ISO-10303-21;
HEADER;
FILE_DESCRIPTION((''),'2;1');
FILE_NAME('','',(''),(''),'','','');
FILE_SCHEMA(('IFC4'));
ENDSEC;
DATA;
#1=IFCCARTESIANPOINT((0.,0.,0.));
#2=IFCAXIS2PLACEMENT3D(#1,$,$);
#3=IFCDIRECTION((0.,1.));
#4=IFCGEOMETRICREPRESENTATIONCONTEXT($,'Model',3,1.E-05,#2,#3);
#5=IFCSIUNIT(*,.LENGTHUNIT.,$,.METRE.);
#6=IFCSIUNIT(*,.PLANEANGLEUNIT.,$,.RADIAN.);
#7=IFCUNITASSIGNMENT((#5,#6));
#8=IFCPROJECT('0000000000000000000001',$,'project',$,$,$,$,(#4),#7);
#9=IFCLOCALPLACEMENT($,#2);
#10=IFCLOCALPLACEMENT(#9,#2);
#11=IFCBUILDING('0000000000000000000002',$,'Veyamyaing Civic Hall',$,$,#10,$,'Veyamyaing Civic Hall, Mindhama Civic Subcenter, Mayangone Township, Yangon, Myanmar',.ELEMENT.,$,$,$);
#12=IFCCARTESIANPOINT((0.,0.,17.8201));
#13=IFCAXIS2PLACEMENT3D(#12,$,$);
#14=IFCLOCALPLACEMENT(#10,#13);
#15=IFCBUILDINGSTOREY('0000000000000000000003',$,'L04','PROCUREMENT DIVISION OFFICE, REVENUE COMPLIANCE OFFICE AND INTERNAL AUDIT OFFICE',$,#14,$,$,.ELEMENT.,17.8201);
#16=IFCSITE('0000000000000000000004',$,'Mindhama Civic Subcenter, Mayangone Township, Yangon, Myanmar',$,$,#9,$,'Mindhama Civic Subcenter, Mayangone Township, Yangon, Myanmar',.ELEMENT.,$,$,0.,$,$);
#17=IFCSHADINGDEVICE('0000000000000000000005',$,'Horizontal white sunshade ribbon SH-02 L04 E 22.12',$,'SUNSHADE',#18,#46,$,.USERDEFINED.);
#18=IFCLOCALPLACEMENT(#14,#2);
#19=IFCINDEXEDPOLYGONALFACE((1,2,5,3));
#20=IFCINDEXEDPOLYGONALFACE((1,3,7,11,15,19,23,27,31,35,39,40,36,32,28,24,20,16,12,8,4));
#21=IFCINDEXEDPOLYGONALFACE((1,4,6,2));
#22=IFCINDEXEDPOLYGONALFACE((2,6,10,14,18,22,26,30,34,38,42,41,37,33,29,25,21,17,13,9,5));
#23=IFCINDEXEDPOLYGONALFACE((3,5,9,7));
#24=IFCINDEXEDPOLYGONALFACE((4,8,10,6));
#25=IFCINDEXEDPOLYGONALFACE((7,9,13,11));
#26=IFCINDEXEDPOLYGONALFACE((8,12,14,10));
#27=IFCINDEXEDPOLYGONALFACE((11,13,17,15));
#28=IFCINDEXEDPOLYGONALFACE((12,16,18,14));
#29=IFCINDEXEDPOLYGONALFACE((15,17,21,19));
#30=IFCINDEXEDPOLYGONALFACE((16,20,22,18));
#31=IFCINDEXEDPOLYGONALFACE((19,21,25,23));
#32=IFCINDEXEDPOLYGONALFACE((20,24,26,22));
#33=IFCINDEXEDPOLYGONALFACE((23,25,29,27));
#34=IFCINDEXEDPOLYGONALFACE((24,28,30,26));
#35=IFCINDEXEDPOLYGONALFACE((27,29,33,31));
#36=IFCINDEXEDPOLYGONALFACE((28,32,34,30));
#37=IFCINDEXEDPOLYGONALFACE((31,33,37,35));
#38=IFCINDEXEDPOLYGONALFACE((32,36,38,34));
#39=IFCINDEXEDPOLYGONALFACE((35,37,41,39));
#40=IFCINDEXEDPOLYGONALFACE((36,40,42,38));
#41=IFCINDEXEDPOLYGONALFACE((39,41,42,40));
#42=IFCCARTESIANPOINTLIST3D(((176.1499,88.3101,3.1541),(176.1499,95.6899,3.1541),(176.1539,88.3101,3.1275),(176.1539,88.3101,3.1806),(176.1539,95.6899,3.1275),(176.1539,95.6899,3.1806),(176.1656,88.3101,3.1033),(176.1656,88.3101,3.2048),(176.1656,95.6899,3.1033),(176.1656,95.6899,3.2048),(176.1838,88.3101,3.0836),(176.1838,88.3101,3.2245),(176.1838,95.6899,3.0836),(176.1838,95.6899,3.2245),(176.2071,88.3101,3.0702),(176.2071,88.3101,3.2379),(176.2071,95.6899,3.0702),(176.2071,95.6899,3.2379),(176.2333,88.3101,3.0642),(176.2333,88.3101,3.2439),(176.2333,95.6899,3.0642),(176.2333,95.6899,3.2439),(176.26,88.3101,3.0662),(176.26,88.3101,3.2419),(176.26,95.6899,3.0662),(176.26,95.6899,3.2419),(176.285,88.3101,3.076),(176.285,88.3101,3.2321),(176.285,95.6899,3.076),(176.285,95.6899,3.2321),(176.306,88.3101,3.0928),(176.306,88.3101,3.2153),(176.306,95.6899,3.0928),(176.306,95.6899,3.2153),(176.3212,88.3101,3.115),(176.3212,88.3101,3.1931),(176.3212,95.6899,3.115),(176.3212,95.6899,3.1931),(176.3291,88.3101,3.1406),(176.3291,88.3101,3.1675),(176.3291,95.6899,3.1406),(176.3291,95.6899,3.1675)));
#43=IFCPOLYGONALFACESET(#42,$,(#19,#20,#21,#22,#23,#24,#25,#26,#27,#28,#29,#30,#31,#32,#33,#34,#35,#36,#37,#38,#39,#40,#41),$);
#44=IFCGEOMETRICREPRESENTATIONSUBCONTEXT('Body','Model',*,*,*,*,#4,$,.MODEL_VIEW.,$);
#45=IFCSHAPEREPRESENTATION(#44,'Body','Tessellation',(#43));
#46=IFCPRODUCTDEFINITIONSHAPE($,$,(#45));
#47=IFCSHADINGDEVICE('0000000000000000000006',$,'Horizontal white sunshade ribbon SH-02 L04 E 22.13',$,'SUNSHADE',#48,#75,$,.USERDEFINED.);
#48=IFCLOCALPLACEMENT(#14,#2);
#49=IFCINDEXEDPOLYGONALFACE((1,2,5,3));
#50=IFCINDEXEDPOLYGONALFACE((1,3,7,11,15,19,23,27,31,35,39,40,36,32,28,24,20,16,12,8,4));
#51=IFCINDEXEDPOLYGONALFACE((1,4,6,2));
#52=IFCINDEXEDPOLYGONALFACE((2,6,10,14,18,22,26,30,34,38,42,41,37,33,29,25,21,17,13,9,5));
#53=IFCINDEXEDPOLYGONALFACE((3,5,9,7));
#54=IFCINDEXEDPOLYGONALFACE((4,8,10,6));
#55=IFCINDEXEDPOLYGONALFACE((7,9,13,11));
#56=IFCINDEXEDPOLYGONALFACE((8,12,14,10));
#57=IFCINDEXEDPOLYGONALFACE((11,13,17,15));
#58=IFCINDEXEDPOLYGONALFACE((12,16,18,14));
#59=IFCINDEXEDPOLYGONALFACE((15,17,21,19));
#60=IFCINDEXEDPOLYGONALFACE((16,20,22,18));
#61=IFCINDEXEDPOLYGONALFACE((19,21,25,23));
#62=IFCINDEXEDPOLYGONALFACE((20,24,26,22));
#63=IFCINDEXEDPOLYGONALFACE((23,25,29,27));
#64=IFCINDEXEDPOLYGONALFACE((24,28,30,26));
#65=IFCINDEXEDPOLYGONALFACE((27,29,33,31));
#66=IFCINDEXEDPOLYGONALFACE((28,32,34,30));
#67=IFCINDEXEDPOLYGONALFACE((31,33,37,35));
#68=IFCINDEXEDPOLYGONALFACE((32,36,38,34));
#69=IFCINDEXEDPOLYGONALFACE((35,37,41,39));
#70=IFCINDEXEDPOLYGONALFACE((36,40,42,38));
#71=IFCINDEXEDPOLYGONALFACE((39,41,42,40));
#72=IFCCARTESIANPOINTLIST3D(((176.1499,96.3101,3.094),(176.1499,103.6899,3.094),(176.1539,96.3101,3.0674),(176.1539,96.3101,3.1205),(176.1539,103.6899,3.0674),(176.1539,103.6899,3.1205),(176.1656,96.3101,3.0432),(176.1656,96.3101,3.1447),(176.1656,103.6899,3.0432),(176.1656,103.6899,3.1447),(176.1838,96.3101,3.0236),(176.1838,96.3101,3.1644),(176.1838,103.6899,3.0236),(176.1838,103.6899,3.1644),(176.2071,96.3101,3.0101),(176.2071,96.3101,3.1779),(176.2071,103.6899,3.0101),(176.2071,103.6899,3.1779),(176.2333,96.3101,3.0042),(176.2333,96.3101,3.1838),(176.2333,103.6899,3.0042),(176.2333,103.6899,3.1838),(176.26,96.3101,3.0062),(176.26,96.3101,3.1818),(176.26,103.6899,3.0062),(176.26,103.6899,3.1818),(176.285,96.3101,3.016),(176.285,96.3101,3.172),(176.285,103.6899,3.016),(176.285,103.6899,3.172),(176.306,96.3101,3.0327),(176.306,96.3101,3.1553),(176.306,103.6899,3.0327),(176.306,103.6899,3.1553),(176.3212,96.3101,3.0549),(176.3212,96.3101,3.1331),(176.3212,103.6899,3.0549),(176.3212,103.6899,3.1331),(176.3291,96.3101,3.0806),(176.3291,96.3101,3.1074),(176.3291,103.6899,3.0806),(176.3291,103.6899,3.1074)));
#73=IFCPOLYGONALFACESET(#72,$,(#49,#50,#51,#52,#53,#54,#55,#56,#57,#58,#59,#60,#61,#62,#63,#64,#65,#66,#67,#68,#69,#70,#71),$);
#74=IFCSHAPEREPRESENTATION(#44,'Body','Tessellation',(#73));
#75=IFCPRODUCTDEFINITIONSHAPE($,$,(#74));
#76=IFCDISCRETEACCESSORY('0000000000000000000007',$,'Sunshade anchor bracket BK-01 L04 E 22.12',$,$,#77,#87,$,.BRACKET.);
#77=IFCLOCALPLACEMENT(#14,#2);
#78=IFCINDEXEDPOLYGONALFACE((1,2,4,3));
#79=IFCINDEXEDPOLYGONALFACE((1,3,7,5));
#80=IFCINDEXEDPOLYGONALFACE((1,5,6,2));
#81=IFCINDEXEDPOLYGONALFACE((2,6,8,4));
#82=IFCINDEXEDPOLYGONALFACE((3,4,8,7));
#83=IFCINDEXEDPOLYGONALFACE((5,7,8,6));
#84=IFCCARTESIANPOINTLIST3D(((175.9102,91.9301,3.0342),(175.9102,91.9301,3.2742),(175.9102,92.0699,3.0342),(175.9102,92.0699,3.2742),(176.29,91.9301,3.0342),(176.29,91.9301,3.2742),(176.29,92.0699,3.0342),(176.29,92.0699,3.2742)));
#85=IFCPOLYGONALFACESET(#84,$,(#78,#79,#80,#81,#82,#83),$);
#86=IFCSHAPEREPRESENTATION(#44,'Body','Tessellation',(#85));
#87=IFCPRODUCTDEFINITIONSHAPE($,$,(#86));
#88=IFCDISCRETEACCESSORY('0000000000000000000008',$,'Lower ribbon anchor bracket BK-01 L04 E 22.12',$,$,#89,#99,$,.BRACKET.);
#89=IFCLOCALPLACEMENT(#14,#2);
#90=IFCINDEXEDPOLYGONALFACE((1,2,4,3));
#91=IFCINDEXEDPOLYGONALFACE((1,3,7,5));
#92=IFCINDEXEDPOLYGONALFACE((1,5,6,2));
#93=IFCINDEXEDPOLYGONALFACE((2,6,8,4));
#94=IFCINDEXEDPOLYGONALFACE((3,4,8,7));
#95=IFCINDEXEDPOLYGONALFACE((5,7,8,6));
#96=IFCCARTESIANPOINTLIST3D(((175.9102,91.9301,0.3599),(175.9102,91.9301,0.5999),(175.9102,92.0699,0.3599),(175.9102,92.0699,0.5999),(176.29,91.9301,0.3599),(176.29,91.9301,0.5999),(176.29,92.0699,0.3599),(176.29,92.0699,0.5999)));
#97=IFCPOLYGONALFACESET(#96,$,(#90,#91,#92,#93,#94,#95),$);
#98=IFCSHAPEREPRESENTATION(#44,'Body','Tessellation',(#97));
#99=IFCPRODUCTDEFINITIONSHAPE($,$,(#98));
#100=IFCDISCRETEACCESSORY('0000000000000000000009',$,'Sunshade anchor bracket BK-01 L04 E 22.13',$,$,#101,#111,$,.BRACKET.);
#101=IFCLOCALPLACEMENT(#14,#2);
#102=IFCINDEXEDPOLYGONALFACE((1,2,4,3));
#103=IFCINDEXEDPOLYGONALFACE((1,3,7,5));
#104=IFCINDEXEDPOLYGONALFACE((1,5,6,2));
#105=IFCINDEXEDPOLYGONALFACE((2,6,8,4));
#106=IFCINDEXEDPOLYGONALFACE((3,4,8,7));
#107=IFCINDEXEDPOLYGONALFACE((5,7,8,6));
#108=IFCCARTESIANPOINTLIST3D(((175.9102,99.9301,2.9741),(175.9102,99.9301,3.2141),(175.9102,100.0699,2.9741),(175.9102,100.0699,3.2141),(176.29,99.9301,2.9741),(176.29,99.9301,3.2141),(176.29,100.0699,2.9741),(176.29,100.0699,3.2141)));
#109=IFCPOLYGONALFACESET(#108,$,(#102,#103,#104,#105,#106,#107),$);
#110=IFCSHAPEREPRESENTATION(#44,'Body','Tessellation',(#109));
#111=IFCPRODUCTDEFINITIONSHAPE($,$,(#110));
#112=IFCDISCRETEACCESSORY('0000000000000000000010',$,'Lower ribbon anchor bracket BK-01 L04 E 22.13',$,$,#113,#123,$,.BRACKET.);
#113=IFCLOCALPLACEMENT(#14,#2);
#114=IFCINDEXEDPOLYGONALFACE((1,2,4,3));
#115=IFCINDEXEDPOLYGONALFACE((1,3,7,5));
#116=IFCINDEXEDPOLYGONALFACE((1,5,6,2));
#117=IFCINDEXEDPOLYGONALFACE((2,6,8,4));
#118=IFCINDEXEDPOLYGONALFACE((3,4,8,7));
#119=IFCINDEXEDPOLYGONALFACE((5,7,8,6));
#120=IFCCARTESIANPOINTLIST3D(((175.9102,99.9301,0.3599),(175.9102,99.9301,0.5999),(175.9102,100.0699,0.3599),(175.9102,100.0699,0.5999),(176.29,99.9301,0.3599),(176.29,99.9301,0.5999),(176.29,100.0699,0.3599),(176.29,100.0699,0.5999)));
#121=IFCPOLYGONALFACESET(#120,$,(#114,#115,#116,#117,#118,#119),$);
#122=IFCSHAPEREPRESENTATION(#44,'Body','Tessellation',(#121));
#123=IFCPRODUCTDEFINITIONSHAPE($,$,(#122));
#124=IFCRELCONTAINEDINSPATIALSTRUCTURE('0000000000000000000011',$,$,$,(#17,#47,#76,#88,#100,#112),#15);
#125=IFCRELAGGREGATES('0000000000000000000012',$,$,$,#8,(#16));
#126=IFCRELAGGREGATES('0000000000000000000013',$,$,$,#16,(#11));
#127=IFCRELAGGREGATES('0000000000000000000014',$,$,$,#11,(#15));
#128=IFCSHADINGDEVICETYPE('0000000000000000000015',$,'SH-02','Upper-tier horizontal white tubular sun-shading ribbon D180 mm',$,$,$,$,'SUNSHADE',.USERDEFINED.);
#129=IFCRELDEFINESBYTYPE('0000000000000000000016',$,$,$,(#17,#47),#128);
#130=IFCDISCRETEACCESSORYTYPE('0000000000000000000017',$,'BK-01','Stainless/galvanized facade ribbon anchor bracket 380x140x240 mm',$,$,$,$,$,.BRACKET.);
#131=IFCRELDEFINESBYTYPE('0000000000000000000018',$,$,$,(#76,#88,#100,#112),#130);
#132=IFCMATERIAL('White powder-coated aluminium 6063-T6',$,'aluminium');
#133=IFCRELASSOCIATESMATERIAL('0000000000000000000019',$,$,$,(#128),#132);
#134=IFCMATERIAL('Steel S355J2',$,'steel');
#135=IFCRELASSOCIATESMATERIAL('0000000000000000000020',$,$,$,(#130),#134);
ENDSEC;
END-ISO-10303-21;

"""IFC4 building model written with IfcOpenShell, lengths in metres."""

from ifc_helpers import new_model, si_unit, direction, frame, origin, origin_2d, place, context, subcontext, project, spatial, rectangle, circle, extrude, material, material_profile, profile_set, type_object, element, save


model = new_model("IFC4")

# Units and contexts
model_context = context("Model", 3, precision=1e-05, world=origin(), true_north=direction((0.0, 1.0)))
body_context = subcontext(model_context, "Body", "Model", "MODEL_VIEW")
ifc_project = project(units=[si_unit("LENGTHUNIT", "METRE"), si_unit("PLANEANGLEUNIT", "RADIAN")], contexts=[model_context])

# Site, building, storey
site_placement = place(None, origin())
site = spatial("IfcSite", under=ifc_project, at=site_placement, Name="Mindhama Civic Subcenter, Mayangone Township, Yangon, Myanmar", LongName="Mindhama Civic Subcenter, Mayangone Township, Yangon, Myanmar", CompositionType="ELEMENT", RefElevation=0.0)
building_placement = place(site_placement, origin())
building = spatial("IfcBuilding", under=site, at=building_placement, Name="Veyamyaing Civic Hall", LongName="Veyamyaing Civic Hall, Mindhama Civic Subcenter, Mayangone Township, Yangon, Myanmar", CompositionType="ELEMENT")
storey_placement = place(building_placement, frame((0.0, 0.0, 17.8201)))
storey = spatial("IfcBuildingStorey", under=building, at=storey_placement, Name="L04", Description="PROCUREMENT DIVISION OFFICE, REVENUE COMPLIANCE OFFICE AND INTERNAL AUDIT OFFICE", CompositionType="ELEMENT", Elevation=17.8201)

# Shared definitions
ifc_material_1 = material(Name="Steel S355J2", Category="steel")

# Shared definitions
ifc_material_2 = material(Name="White powder-coated aluminium 6063-T6", Category="aluminium")

# Shading devices
ifc_material_profile_1 = material_profile(ifc_material_2, circle(Radius=0.0901, at=origin_2d()), Name="SHADE-TUBE-180")
ifc_profile_set_1 = profile_set([ifc_material_profile_1], Name="White powder-coated aluminium 6063-T6")
shading_device_type = type_object("IfcShadingDeviceType", Name="SH-02", Description="Upper-tier horizontal white tubular sun-shading ribbon D180 mm", ElementType="SUNSHADE", PredefinedType="USERDEFINED", material=ifc_profile_set_1)
for number, where, z_axis, x_axis, name in (
    (1, (176.24, 88.3101, 3.1541), (0.0, 1.0, 0.0), (-1.0, 0.0, 0.0), "Horizontal white sunshade ribbon SH-02 L04 E 22.12"),
    (2, (176.24, 96.3101, 3.094), (0.0, 1.0, 0.0), (-1.0, 0.0, 0.0), "Horizontal white sunshade ribbon SH-02 L04 E 22.13"),
):
    element("IfcShadingDevice", number, at=place(storey_placement, frame(where, z_axis=z_axis, x_axis=x_axis)), inside=storey, type_object=shading_device_type, Name=name, ObjectType="SUNSHADE", PredefinedType="USERDEFINED", context=body_context, shape_type="SweptSolid", body=[
        extrude(circle(Radius=0.0901, at=origin_2d()), origin(), (0.0, 0.0, 1.0), 7.3799),
    ])

# Discrete accessories
discrete_accessory_type = type_object("IfcDiscreteAccessoryType", Name="BK-01", Description="Stainless/galvanized facade ribbon anchor bracket 380x140x240 mm", PredefinedType="BRACKET", material=ifc_material_1)
for number, where, z_axis, x_axis, name in (
    (3, (176.1001, 92.0, 3.0342), (0.0, 0.0, 1.0), (1.0, 0.0, 0.0), "Sunshade anchor bracket BK-01 L04 E 22.12"),
    (4, (176.1001, 92.0, 0.3599), (0.0, 0.0, 1.0), (1.0, 0.0, 0.0), "Lower ribbon anchor bracket BK-01 L04 E 22.12"),
    (5, (176.1001, 100.0, 2.9741), (0.0, 0.0, 1.0), (1.0, 0.0, 0.0), "Sunshade anchor bracket BK-01 L04 E 22.13"),
    (6, (176.1001, 100.0, 0.3599), (0.0, 0.0, 1.0), (1.0, 0.0, 0.0), "Lower ribbon anchor bracket BK-01 L04 E 22.13"),
):
    element("IfcDiscreteAccessory", number, at=place(storey_placement, frame(where, z_axis=z_axis, x_axis=x_axis)), inside=storey, type_object=discrete_accessory_type, Name=name, PredefinedType="BRACKET", context=body_context, shape_type="SweptSolid", body=[
        extrude(rectangle(XDim=0.3799, YDim=0.1399, at=origin_2d()), origin(), (0.0, 0.0, 1.0), 0.24),
    ])

save(model, "model.ifc")
